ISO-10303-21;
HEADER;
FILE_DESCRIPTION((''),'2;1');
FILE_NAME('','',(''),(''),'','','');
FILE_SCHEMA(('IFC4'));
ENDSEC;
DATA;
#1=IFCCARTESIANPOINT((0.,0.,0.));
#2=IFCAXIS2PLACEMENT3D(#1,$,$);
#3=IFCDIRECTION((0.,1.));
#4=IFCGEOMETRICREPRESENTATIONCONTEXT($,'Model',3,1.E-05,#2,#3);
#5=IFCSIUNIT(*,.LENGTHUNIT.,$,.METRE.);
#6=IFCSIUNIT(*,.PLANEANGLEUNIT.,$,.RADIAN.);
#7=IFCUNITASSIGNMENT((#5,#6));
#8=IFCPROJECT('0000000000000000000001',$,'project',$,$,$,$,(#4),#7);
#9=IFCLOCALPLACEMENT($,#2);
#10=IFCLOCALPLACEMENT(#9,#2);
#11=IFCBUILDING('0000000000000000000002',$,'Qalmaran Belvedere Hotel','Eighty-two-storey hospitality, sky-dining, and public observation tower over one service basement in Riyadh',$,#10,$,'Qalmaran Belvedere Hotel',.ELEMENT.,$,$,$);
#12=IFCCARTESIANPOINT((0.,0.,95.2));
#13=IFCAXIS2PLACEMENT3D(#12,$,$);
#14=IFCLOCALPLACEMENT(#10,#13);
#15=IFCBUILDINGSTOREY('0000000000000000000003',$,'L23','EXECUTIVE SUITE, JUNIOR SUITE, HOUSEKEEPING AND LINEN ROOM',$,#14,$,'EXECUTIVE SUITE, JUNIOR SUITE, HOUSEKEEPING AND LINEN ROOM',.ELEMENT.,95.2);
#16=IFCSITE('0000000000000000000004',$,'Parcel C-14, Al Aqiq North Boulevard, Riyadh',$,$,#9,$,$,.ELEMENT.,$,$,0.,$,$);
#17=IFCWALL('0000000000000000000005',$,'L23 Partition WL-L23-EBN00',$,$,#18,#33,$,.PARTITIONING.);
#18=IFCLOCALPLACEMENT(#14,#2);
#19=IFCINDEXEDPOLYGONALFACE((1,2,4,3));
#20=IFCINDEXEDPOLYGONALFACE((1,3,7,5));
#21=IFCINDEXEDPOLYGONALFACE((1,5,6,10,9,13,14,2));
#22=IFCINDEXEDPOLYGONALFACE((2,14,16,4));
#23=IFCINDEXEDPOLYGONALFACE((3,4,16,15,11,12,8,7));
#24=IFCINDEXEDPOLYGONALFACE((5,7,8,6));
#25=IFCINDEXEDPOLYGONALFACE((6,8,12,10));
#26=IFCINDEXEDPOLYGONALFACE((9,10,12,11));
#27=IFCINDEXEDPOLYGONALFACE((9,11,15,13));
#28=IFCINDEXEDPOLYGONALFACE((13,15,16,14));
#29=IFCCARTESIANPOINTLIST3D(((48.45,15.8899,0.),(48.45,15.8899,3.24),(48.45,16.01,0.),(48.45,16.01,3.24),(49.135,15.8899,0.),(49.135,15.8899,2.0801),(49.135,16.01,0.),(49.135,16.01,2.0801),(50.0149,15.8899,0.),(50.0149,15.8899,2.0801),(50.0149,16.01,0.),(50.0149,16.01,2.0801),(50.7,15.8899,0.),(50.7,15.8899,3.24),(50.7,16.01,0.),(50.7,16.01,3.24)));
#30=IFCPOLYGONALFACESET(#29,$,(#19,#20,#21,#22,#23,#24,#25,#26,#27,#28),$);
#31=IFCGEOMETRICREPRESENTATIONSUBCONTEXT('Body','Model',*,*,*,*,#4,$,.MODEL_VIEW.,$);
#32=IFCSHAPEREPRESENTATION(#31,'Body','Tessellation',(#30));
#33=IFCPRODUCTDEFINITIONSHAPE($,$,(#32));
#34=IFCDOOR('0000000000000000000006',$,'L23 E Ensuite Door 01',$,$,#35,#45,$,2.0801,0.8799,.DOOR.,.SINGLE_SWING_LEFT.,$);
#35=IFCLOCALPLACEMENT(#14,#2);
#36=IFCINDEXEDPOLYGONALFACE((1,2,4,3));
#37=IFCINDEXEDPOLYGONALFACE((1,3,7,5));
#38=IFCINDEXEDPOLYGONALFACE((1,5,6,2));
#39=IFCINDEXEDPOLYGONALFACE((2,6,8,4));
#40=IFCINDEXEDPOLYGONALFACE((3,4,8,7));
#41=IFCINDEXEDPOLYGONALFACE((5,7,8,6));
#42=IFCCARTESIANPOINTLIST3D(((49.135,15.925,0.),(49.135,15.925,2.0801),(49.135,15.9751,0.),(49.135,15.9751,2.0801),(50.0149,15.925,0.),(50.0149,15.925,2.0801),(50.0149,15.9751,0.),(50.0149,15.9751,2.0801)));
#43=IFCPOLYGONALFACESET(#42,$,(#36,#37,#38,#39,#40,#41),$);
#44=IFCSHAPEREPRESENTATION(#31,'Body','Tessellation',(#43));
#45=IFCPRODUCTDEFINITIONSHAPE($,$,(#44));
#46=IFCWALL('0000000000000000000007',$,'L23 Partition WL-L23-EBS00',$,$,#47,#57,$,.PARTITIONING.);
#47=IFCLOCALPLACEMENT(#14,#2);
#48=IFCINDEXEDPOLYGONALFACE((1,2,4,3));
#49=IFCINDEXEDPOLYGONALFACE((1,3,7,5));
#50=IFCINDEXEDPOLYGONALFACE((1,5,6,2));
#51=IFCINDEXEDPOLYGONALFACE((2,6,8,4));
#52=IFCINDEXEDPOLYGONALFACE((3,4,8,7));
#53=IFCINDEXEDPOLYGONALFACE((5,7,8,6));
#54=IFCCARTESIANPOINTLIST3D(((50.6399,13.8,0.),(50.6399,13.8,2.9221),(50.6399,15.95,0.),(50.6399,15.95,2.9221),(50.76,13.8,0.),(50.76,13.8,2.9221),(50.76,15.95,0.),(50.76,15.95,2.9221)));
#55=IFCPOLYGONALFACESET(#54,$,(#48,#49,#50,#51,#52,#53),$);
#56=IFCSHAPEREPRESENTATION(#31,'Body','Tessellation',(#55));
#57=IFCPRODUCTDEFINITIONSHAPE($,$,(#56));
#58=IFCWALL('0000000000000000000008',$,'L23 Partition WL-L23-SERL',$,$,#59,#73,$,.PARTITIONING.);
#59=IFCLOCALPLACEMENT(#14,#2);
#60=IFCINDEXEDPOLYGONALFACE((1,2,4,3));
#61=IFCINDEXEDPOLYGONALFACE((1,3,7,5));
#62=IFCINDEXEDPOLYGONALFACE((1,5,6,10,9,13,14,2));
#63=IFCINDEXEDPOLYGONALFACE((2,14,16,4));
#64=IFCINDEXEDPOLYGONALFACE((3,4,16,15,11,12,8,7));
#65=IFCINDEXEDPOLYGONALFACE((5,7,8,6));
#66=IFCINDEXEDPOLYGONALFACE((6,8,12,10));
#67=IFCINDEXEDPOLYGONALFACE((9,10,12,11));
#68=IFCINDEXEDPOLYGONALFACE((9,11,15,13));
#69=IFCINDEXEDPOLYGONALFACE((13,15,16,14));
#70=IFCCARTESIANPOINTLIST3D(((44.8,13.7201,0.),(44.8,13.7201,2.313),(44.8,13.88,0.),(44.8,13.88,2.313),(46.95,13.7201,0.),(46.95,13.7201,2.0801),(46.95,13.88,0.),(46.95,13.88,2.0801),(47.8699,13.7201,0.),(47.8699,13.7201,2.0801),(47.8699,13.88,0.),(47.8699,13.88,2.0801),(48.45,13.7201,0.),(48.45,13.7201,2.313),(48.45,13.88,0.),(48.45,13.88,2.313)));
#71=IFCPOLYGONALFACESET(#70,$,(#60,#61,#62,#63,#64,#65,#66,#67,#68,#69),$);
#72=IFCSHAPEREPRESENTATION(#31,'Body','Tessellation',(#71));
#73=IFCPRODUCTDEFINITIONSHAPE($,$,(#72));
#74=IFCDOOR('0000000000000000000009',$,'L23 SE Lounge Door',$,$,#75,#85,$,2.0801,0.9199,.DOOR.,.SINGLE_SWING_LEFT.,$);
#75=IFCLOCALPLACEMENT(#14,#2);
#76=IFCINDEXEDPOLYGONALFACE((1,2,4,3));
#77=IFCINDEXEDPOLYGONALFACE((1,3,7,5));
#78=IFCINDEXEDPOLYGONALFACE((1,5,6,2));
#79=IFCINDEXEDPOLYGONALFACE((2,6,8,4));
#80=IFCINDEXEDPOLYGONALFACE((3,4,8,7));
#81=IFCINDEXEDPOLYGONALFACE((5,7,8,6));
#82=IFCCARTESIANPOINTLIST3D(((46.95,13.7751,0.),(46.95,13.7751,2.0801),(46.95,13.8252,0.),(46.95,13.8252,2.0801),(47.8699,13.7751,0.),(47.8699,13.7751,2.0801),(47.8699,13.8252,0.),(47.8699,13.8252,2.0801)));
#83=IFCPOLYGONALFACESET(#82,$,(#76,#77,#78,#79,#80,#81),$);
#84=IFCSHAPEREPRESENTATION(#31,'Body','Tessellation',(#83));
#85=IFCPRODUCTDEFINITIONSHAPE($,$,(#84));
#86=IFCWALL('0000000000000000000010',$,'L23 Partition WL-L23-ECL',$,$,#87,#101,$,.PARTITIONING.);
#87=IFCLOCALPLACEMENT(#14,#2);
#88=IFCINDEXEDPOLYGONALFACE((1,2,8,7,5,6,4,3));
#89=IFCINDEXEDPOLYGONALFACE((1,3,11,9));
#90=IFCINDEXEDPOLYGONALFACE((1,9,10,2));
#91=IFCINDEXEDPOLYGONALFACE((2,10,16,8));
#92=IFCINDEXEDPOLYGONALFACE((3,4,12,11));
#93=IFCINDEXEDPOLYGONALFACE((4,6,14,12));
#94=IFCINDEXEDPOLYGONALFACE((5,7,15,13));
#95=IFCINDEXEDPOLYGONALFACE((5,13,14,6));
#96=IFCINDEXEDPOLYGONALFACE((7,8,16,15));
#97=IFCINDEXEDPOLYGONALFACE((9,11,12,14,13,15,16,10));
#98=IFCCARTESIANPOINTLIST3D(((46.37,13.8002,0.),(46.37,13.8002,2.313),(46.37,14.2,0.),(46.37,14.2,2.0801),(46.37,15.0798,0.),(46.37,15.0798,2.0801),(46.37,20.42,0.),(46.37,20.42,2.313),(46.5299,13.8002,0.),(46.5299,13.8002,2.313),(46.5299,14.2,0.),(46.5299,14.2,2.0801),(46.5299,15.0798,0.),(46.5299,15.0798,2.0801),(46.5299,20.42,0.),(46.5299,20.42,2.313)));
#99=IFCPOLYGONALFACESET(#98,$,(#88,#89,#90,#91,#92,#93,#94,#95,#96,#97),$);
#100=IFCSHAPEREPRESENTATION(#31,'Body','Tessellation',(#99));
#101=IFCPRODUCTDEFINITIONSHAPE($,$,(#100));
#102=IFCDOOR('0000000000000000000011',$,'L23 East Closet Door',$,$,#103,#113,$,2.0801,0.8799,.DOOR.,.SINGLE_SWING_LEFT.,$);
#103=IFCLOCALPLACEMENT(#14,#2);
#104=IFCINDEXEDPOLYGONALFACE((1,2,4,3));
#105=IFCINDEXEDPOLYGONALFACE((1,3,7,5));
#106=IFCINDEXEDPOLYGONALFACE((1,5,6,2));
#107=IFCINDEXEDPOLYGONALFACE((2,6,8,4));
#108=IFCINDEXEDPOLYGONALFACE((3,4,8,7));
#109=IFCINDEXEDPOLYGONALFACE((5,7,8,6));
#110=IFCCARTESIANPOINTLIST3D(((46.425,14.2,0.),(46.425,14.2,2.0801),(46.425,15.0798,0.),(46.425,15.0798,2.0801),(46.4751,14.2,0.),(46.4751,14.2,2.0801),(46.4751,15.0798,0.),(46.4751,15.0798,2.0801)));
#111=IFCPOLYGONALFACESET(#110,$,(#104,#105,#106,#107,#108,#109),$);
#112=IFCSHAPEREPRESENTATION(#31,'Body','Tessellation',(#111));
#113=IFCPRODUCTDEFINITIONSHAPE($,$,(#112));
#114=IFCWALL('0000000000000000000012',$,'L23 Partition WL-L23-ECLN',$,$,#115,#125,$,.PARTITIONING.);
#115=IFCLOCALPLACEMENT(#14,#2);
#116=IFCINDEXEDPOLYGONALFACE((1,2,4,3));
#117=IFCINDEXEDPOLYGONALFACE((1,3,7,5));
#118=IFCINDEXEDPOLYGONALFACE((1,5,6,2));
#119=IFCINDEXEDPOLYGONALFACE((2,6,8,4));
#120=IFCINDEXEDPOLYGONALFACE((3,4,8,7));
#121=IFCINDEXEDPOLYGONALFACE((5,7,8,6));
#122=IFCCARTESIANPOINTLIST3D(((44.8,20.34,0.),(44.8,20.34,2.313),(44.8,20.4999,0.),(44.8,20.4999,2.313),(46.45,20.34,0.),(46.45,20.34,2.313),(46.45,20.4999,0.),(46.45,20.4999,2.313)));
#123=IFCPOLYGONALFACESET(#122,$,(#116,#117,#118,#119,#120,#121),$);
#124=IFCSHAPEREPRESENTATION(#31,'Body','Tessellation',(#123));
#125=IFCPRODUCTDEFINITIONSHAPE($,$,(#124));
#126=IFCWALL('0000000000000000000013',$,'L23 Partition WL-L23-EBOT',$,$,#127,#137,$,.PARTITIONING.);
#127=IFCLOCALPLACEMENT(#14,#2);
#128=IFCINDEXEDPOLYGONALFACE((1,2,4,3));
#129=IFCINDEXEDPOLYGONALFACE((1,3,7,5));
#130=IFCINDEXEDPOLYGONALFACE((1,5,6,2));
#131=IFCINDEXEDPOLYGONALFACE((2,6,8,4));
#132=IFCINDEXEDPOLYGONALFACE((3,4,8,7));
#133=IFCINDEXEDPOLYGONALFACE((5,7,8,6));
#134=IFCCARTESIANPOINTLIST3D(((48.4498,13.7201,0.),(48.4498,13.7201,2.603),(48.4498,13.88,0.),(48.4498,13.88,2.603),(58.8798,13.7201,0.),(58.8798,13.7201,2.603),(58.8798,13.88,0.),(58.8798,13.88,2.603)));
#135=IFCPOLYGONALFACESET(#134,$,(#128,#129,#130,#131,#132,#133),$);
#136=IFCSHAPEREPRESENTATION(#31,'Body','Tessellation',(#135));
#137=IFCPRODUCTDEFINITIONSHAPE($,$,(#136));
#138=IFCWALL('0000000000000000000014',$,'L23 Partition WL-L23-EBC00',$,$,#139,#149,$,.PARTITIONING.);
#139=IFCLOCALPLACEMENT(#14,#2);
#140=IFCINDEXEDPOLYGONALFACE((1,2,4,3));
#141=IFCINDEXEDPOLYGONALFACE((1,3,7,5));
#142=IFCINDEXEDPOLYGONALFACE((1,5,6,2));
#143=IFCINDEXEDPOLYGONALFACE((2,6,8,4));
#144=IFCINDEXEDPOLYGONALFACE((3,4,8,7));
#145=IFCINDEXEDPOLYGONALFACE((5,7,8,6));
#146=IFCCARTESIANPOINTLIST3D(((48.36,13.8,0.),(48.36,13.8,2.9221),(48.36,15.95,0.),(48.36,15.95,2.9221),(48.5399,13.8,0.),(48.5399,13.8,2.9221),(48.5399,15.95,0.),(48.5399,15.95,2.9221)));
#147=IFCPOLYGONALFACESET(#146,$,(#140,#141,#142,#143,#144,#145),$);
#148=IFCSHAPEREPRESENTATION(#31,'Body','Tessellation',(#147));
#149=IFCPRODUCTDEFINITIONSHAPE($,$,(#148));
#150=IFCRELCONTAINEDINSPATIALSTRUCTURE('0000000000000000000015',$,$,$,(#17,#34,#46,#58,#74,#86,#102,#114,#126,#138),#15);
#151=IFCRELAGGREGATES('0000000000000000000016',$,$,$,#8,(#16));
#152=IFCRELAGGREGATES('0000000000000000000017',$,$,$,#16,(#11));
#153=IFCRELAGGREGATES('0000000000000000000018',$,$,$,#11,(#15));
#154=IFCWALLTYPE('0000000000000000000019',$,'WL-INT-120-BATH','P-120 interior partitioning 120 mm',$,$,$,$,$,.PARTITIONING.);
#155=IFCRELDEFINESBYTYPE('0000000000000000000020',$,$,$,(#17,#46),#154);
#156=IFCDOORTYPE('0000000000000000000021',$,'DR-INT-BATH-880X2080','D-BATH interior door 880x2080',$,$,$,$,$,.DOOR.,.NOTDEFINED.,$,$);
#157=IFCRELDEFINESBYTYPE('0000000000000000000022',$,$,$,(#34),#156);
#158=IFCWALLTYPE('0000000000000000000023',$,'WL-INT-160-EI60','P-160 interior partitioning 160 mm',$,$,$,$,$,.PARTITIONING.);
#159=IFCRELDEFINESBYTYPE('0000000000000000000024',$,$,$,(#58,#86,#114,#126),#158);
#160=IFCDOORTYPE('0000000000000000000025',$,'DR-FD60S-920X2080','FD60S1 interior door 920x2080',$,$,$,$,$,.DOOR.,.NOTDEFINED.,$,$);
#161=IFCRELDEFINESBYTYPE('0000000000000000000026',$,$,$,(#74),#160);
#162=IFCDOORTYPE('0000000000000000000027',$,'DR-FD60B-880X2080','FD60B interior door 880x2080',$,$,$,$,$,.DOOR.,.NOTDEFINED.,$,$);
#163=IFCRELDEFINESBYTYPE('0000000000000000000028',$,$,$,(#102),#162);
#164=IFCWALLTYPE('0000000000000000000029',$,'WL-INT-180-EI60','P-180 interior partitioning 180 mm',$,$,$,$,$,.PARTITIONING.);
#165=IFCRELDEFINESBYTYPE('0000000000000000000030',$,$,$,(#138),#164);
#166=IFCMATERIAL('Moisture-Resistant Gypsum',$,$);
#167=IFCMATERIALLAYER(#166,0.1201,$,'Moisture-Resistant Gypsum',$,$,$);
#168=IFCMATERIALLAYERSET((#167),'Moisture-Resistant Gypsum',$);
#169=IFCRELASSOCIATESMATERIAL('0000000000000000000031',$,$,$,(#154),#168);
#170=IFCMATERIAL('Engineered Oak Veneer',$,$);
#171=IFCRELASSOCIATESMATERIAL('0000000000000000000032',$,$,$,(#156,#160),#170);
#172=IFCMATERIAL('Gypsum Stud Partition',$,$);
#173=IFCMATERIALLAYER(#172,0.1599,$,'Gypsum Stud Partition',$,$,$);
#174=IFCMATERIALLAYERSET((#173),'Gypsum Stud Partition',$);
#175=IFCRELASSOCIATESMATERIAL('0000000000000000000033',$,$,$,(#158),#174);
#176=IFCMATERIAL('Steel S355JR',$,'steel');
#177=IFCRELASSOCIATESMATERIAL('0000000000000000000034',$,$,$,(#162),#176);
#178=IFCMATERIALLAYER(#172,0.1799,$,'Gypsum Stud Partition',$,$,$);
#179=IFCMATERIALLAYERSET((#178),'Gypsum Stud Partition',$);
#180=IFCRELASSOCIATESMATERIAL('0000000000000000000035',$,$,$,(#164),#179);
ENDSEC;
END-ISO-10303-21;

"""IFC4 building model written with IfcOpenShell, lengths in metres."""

from ifc_helpers import new_model, si_unit, direction, frame, frame_2d, origin, place, context, subcontext, project, spatial, rectangle, extrude, material, layer, layer_set, type_object, element, fill, save


model = new_model("IFC4")

# Units and contexts
model_context = context("Model", 3, precision=1e-05, world=origin(), true_north=direction((0.0, 1.0)))
body_context = subcontext(model_context, "Body", "Model", "MODEL_VIEW")
ifc_project = project(units=[si_unit("LENGTHUNIT", "METRE"), si_unit("PLANEANGLEUNIT", "RADIAN")], contexts=[model_context])

# Site, building, storey
site_placement = place(None, origin())
site = spatial("IfcSite", under=ifc_project, at=site_placement, Name="Parcel C-14, Al Aqiq North Boulevard, Riyadh", CompositionType="ELEMENT", RefElevation=0.0)
building_placement = place(site_placement, origin())
building = spatial("IfcBuilding", under=site, at=building_placement, Name="Qalmaran Belvedere Hotel", Description="Eighty-two-storey hospitality, sky-dining, and public observation tower over one service basement in Riyadh", LongName="Qalmaran Belvedere Hotel", CompositionType="ELEMENT")
storey_placement = place(building_placement, frame((0.0, 0.0, 95.2)))
storey = spatial("IfcBuildingStorey", under=building, at=storey_placement, Name="L23", Description="EXECUTIVE SUITE, JUNIOR SUITE, HOUSEKEEPING AND LINEN ROOM", LongName="EXECUTIVE SUITE, JUNIOR SUITE, HOUSEKEEPING AND LINEN ROOM", CompositionType="ELEMENT", Elevation=95.2)

# Shared definitions
ifc_material_1 = material(Name="Steel S355JR", Category="steel")

# Wall, opening, door
ifc_material_2 = material(Name="Moisture-Resistant Gypsum")
ifc_layer_1 = layer(ifc_material_2, 0.1201, Name="Moisture-Resistant Gypsum")
ifc_layer_set_1 = layer_set([ifc_layer_1], Name="Moisture-Resistant Gypsum")
wall_type_1 = type_object("IfcWallType", Name="WL-INT-120-BATH", Description="P-120 interior partitioning 120 mm", PredefinedType="PARTITIONING", material=ifc_layer_set_1)
wall_1_placement = place(storey_placement, frame((48.45, 15.95, 0.0), z_axis=(0.0, 0.0, 1.0), x_axis=(1.0, 0.0, 0.0)))
wall_1 = element("IfcWall", 1, at=wall_1_placement, inside=storey, type_object=wall_type_1, Name="L23 Partition WL-L23-EBN00", PredefinedType="PARTITIONING", context=body_context, shape_type="SweptSolid", body=[
    extrude(rectangle(XDim=2.25, YDim=0.1201, at=frame_2d((1.125, 0.0))), origin(), (0.0, 0.0, 1.0), 3.24),
])
opening_1_placement = place(wall_1_placement, frame((1.5649, 0.0, 0.0), z_axis=(0.0, 0.0, 1.0), x_axis=(-1.0, 0.0, 0.0)))
opening_1 = element("IfcOpeningElement", 2, at=opening_1_placement, cuts=wall_1, PredefinedType="OPENING", context=body_context, shape_type="SweptSolid", body=[
    extrude(rectangle(XDim=0.8799, YDim=2.0801, at=frame_2d((0.4399, 1.04))), frame((0.0, 0.0701, 0.0), z_axis=(0.0, -1.0, 0.0), x_axis=(1.0, 0.0, 0.0)), (0.0, 0.0, 1.0), 0.1401),
])
ifc_material_3 = material(Name="Engineered Oak Veneer")
door_type_1 = type_object("IfcDoorType", Name="DR-INT-BATH-880X2080", Description="D-BATH interior door 880x2080", OperationType="NOTDEFINED", PredefinedType="DOOR", material=ifc_material_3)
door_1_placement = place(opening_1_placement, origin())
door_1 = element("IfcDoor", 3, at=door_1_placement, inside=storey, type_object=door_type_1, Name="L23 E Ensuite Door 01", OperationType="SINGLE_SWING_LEFT", OverallHeight=2.0801, OverallWidth=0.8799, PredefinedType="DOOR", context=body_context, shape_type="SweptSolid", body=[
    extrude(rectangle(XDim=0.8799, YDim=2.0801, at=frame_2d((0.4399, 1.04))), frame((0.0, 0.0249, 0.0), z_axis=(0.0, -1.0, 0.0), x_axis=(1.0, 0.0, 0.0)), (0.0, 0.0, 1.0), 0.05),
])
fill(opening_1, door_1)

# Wall
wall_2_placement = place(storey_placement, frame((50.7, 13.8, 0.0), z_axis=(0.0, 0.0, 1.0), x_axis=(0.0, 1.0, 0.0)))
element("IfcWall", 4, at=wall_2_placement, inside=storey, type_object=wall_type_1, Name="L23 Partition WL-L23-EBS00", PredefinedType="PARTITIONING", context=body_context, shape_type="SweptSolid", body=[
    extrude(rectangle(XDim=2.1499, YDim=0.1201, at=frame_2d((1.075, 0.0))), origin(), (0.0, 0.0, 1.0), 2.9221),
])

# Walls, openings, doors
ifc_material_4 = material(Name="Gypsum Stud Partition")
ifc_layer_2 = layer(ifc_material_4, 0.1599, Name="Gypsum Stud Partition")
ifc_layer_set_2 = layer_set([ifc_layer_2], Name="Gypsum Stud Partition")
wall_type_2 = type_object("IfcWallType", Name="WL-INT-160-EI60", Description="P-160 interior partitioning 160 mm", PredefinedType="PARTITIONING", material=ifc_layer_set_2)
wall_3_placement = place(storey_placement, frame((44.8, 13.8, 0.0), z_axis=(0.0, 0.0, 1.0), x_axis=(1.0, 0.0, 0.0)))
wall_3 = element("IfcWall", 5, at=wall_3_placement, inside=storey, type_object=wall_type_2, Name="L23 Partition WL-L23-SERL", PredefinedType="PARTITIONING", context=body_context, shape_type="SweptSolid", body=[
    extrude(rectangle(XDim=3.6499, YDim=0.1599, at=frame_2d((1.825, 0.0))), origin(), (0.0, 0.0, 1.0), 2.313),
])
opening_2_placement = place(wall_3_placement, frame((3.0698, 0.0, 0.0), z_axis=(0.0, 0.0, 1.0), x_axis=(-1.0, 0.0, 0.0)))
opening_2 = element("IfcOpeningElement", 6, at=opening_2_placement, cuts=wall_3, PredefinedType="OPENING", context=body_context, shape_type="SweptSolid", body=[
    extrude(rectangle(XDim=0.9199, YDim=2.0801, at=frame_2d((0.46, 1.04))), frame((0.0, 0.0898, 0.0), z_axis=(0.0, -1.0, 0.0), x_axis=(1.0, 0.0, 0.0)), (0.0, 0.0, 1.0), 0.1799),
])
door_type_2 = type_object("IfcDoorType", Name="DR-FD60S-920X2080", Description="FD60S1 interior door 920x2080", OperationType="NOTDEFINED", PredefinedType="DOOR", material=ifc_material_3)
door_2_placement = place(opening_2_placement, origin())
door_2 = element("IfcDoor", 7, at=door_2_placement, inside=storey, type_object=door_type_2, Name="L23 SE Lounge Door", OperationType="SINGLE_SWING_LEFT", OverallHeight=2.0801, OverallWidth=0.9199, PredefinedType="DOOR", context=body_context, shape_type="SweptSolid", body=[
    extrude(rectangle(XDim=0.9199, YDim=2.0801, at=frame_2d((0.46, 1.04))), frame((0.0, 0.0249, 0.0), z_axis=(0.0, -1.0, 0.0), x_axis=(1.0, 0.0, 0.0)), (0.0, 0.0, 1.0), 0.05),
])
fill(opening_2, door_2)
wall_4_placement = place(storey_placement, frame((46.45, 13.8, 0.0), z_axis=(0.0, 0.0, 1.0), x_axis=(0.0, 1.0, 0.0)))
wall_4 = element("IfcWall", 8, at=wall_4_placement, inside=storey, type_object=wall_type_2, Name="L23 Partition WL-L23-ECL", PredefinedType="PARTITIONING", context=body_context, shape_type="SweptSolid", body=[
    extrude(rectangle(XDim=6.6199, YDim=0.1599, at=frame_2d((3.3101, 0.0))), origin(), (0.0, 0.0, 1.0), 2.313),
])
opening_3_placement = place(wall_4_placement, frame((0.3999, 0.0, 0.0)))
opening_3 = element("IfcOpeningElement", 9, at=opening_3_placement, cuts=wall_4, PredefinedType="OPENING", context=body_context, shape_type="SweptSolid", body=[
    extrude(rectangle(XDim=0.8799, YDim=2.0801, at=frame_2d((0.4399, 1.04))), frame((0.0, 0.0898, 0.0), z_axis=(0.0, -1.0, 0.0), x_axis=(1.0, 0.0, 0.0)), (0.0, 0.0, 1.0), 0.1799),
])
door_type_3 = type_object("IfcDoorType", Name="DR-FD60B-880X2080", Description="FD60B interior door 880x2080", OperationType="NOTDEFINED", PredefinedType="DOOR", material=ifc_material_1)
door_3_placement = place(opening_3_placement, origin())
door_3 = element("IfcDoor", 10, at=door_3_placement, inside=storey, type_object=door_type_3, Name="L23 East Closet Door", OperationType="SINGLE_SWING_LEFT", OverallHeight=2.0801, OverallWidth=0.8799, PredefinedType="DOOR", context=body_context, shape_type="SweptSolid", body=[
    extrude(rectangle(XDim=0.8799, YDim=2.0801, at=frame_2d((0.4399, 1.04))), frame((0.0, 0.0249, 0.0), z_axis=(0.0, -1.0, 0.0), x_axis=(1.0, 0.0, 0.0)), (0.0, 0.0, 1.0), 0.05),
])
fill(opening_3, door_3)

# Walls
wall_5_placement = place(storey_placement, frame((44.8, 20.4199, 0.0), z_axis=(0.0, 0.0, 1.0), x_axis=(1.0, 0.0, 0.0)))
element("IfcWall", 11, at=wall_5_placement, inside=storey, type_object=wall_type_2, Name="L23 Partition WL-L23-ECLN", PredefinedType="PARTITIONING", context=body_context, shape_type="SweptSolid", body=[
    extrude(rectangle(XDim=1.6499, YDim=0.1599, at=frame_2d((0.825, 0.0))), origin(), (0.0, 0.0, 1.0), 2.313),
])
wall_6_placement = place(storey_placement, frame((48.45, 13.8, 0.0), z_axis=(0.0, 0.0, 1.0), x_axis=(1.0, 0.0, 0.0)))
element("IfcWall", 12, at=wall_6_placement, inside=storey, type_object=wall_type_2, Name="L23 Partition WL-L23-EBOT", PredefinedType="PARTITIONING", context=body_context, shape_type="SweptSolid", body=[
    extrude(rectangle(XDim=10.4299, YDim=0.1599, at=frame_2d((5.2148, 0.0))), origin(), (0.0, 0.0, 1.0), 2.603),
])
ifc_layer_3 = layer(ifc_material_4, 0.1799, Name="Gypsum Stud Partition")
ifc_layer_set_3 = layer_set([ifc_layer_3], Name="Gypsum Stud Partition")
wall_type_3 = type_object("IfcWallType", Name="WL-INT-180-EI60", Description="P-180 interior partitioning 180 mm", PredefinedType="PARTITIONING", material=ifc_layer_set_3)
wall_7_placement = place(storey_placement, frame((48.45, 13.8, 0.0), z_axis=(0.0, 0.0, 1.0), x_axis=(0.0, 1.0, 0.0)))
element("IfcWall", 13, at=wall_7_placement, inside=storey, type_object=wall_type_3, Name="L23 Partition WL-L23-EBC00", PredefinedType="PARTITIONING", context=body_context, shape_type="SweptSolid", body=[
    extrude(rectangle(XDim=2.1499, YDim=0.1799, at=frame_2d((1.075, 0.0))), origin(), (0.0, 0.0, 1.0), 2.9221),
])

save(model, "model.ifc")
